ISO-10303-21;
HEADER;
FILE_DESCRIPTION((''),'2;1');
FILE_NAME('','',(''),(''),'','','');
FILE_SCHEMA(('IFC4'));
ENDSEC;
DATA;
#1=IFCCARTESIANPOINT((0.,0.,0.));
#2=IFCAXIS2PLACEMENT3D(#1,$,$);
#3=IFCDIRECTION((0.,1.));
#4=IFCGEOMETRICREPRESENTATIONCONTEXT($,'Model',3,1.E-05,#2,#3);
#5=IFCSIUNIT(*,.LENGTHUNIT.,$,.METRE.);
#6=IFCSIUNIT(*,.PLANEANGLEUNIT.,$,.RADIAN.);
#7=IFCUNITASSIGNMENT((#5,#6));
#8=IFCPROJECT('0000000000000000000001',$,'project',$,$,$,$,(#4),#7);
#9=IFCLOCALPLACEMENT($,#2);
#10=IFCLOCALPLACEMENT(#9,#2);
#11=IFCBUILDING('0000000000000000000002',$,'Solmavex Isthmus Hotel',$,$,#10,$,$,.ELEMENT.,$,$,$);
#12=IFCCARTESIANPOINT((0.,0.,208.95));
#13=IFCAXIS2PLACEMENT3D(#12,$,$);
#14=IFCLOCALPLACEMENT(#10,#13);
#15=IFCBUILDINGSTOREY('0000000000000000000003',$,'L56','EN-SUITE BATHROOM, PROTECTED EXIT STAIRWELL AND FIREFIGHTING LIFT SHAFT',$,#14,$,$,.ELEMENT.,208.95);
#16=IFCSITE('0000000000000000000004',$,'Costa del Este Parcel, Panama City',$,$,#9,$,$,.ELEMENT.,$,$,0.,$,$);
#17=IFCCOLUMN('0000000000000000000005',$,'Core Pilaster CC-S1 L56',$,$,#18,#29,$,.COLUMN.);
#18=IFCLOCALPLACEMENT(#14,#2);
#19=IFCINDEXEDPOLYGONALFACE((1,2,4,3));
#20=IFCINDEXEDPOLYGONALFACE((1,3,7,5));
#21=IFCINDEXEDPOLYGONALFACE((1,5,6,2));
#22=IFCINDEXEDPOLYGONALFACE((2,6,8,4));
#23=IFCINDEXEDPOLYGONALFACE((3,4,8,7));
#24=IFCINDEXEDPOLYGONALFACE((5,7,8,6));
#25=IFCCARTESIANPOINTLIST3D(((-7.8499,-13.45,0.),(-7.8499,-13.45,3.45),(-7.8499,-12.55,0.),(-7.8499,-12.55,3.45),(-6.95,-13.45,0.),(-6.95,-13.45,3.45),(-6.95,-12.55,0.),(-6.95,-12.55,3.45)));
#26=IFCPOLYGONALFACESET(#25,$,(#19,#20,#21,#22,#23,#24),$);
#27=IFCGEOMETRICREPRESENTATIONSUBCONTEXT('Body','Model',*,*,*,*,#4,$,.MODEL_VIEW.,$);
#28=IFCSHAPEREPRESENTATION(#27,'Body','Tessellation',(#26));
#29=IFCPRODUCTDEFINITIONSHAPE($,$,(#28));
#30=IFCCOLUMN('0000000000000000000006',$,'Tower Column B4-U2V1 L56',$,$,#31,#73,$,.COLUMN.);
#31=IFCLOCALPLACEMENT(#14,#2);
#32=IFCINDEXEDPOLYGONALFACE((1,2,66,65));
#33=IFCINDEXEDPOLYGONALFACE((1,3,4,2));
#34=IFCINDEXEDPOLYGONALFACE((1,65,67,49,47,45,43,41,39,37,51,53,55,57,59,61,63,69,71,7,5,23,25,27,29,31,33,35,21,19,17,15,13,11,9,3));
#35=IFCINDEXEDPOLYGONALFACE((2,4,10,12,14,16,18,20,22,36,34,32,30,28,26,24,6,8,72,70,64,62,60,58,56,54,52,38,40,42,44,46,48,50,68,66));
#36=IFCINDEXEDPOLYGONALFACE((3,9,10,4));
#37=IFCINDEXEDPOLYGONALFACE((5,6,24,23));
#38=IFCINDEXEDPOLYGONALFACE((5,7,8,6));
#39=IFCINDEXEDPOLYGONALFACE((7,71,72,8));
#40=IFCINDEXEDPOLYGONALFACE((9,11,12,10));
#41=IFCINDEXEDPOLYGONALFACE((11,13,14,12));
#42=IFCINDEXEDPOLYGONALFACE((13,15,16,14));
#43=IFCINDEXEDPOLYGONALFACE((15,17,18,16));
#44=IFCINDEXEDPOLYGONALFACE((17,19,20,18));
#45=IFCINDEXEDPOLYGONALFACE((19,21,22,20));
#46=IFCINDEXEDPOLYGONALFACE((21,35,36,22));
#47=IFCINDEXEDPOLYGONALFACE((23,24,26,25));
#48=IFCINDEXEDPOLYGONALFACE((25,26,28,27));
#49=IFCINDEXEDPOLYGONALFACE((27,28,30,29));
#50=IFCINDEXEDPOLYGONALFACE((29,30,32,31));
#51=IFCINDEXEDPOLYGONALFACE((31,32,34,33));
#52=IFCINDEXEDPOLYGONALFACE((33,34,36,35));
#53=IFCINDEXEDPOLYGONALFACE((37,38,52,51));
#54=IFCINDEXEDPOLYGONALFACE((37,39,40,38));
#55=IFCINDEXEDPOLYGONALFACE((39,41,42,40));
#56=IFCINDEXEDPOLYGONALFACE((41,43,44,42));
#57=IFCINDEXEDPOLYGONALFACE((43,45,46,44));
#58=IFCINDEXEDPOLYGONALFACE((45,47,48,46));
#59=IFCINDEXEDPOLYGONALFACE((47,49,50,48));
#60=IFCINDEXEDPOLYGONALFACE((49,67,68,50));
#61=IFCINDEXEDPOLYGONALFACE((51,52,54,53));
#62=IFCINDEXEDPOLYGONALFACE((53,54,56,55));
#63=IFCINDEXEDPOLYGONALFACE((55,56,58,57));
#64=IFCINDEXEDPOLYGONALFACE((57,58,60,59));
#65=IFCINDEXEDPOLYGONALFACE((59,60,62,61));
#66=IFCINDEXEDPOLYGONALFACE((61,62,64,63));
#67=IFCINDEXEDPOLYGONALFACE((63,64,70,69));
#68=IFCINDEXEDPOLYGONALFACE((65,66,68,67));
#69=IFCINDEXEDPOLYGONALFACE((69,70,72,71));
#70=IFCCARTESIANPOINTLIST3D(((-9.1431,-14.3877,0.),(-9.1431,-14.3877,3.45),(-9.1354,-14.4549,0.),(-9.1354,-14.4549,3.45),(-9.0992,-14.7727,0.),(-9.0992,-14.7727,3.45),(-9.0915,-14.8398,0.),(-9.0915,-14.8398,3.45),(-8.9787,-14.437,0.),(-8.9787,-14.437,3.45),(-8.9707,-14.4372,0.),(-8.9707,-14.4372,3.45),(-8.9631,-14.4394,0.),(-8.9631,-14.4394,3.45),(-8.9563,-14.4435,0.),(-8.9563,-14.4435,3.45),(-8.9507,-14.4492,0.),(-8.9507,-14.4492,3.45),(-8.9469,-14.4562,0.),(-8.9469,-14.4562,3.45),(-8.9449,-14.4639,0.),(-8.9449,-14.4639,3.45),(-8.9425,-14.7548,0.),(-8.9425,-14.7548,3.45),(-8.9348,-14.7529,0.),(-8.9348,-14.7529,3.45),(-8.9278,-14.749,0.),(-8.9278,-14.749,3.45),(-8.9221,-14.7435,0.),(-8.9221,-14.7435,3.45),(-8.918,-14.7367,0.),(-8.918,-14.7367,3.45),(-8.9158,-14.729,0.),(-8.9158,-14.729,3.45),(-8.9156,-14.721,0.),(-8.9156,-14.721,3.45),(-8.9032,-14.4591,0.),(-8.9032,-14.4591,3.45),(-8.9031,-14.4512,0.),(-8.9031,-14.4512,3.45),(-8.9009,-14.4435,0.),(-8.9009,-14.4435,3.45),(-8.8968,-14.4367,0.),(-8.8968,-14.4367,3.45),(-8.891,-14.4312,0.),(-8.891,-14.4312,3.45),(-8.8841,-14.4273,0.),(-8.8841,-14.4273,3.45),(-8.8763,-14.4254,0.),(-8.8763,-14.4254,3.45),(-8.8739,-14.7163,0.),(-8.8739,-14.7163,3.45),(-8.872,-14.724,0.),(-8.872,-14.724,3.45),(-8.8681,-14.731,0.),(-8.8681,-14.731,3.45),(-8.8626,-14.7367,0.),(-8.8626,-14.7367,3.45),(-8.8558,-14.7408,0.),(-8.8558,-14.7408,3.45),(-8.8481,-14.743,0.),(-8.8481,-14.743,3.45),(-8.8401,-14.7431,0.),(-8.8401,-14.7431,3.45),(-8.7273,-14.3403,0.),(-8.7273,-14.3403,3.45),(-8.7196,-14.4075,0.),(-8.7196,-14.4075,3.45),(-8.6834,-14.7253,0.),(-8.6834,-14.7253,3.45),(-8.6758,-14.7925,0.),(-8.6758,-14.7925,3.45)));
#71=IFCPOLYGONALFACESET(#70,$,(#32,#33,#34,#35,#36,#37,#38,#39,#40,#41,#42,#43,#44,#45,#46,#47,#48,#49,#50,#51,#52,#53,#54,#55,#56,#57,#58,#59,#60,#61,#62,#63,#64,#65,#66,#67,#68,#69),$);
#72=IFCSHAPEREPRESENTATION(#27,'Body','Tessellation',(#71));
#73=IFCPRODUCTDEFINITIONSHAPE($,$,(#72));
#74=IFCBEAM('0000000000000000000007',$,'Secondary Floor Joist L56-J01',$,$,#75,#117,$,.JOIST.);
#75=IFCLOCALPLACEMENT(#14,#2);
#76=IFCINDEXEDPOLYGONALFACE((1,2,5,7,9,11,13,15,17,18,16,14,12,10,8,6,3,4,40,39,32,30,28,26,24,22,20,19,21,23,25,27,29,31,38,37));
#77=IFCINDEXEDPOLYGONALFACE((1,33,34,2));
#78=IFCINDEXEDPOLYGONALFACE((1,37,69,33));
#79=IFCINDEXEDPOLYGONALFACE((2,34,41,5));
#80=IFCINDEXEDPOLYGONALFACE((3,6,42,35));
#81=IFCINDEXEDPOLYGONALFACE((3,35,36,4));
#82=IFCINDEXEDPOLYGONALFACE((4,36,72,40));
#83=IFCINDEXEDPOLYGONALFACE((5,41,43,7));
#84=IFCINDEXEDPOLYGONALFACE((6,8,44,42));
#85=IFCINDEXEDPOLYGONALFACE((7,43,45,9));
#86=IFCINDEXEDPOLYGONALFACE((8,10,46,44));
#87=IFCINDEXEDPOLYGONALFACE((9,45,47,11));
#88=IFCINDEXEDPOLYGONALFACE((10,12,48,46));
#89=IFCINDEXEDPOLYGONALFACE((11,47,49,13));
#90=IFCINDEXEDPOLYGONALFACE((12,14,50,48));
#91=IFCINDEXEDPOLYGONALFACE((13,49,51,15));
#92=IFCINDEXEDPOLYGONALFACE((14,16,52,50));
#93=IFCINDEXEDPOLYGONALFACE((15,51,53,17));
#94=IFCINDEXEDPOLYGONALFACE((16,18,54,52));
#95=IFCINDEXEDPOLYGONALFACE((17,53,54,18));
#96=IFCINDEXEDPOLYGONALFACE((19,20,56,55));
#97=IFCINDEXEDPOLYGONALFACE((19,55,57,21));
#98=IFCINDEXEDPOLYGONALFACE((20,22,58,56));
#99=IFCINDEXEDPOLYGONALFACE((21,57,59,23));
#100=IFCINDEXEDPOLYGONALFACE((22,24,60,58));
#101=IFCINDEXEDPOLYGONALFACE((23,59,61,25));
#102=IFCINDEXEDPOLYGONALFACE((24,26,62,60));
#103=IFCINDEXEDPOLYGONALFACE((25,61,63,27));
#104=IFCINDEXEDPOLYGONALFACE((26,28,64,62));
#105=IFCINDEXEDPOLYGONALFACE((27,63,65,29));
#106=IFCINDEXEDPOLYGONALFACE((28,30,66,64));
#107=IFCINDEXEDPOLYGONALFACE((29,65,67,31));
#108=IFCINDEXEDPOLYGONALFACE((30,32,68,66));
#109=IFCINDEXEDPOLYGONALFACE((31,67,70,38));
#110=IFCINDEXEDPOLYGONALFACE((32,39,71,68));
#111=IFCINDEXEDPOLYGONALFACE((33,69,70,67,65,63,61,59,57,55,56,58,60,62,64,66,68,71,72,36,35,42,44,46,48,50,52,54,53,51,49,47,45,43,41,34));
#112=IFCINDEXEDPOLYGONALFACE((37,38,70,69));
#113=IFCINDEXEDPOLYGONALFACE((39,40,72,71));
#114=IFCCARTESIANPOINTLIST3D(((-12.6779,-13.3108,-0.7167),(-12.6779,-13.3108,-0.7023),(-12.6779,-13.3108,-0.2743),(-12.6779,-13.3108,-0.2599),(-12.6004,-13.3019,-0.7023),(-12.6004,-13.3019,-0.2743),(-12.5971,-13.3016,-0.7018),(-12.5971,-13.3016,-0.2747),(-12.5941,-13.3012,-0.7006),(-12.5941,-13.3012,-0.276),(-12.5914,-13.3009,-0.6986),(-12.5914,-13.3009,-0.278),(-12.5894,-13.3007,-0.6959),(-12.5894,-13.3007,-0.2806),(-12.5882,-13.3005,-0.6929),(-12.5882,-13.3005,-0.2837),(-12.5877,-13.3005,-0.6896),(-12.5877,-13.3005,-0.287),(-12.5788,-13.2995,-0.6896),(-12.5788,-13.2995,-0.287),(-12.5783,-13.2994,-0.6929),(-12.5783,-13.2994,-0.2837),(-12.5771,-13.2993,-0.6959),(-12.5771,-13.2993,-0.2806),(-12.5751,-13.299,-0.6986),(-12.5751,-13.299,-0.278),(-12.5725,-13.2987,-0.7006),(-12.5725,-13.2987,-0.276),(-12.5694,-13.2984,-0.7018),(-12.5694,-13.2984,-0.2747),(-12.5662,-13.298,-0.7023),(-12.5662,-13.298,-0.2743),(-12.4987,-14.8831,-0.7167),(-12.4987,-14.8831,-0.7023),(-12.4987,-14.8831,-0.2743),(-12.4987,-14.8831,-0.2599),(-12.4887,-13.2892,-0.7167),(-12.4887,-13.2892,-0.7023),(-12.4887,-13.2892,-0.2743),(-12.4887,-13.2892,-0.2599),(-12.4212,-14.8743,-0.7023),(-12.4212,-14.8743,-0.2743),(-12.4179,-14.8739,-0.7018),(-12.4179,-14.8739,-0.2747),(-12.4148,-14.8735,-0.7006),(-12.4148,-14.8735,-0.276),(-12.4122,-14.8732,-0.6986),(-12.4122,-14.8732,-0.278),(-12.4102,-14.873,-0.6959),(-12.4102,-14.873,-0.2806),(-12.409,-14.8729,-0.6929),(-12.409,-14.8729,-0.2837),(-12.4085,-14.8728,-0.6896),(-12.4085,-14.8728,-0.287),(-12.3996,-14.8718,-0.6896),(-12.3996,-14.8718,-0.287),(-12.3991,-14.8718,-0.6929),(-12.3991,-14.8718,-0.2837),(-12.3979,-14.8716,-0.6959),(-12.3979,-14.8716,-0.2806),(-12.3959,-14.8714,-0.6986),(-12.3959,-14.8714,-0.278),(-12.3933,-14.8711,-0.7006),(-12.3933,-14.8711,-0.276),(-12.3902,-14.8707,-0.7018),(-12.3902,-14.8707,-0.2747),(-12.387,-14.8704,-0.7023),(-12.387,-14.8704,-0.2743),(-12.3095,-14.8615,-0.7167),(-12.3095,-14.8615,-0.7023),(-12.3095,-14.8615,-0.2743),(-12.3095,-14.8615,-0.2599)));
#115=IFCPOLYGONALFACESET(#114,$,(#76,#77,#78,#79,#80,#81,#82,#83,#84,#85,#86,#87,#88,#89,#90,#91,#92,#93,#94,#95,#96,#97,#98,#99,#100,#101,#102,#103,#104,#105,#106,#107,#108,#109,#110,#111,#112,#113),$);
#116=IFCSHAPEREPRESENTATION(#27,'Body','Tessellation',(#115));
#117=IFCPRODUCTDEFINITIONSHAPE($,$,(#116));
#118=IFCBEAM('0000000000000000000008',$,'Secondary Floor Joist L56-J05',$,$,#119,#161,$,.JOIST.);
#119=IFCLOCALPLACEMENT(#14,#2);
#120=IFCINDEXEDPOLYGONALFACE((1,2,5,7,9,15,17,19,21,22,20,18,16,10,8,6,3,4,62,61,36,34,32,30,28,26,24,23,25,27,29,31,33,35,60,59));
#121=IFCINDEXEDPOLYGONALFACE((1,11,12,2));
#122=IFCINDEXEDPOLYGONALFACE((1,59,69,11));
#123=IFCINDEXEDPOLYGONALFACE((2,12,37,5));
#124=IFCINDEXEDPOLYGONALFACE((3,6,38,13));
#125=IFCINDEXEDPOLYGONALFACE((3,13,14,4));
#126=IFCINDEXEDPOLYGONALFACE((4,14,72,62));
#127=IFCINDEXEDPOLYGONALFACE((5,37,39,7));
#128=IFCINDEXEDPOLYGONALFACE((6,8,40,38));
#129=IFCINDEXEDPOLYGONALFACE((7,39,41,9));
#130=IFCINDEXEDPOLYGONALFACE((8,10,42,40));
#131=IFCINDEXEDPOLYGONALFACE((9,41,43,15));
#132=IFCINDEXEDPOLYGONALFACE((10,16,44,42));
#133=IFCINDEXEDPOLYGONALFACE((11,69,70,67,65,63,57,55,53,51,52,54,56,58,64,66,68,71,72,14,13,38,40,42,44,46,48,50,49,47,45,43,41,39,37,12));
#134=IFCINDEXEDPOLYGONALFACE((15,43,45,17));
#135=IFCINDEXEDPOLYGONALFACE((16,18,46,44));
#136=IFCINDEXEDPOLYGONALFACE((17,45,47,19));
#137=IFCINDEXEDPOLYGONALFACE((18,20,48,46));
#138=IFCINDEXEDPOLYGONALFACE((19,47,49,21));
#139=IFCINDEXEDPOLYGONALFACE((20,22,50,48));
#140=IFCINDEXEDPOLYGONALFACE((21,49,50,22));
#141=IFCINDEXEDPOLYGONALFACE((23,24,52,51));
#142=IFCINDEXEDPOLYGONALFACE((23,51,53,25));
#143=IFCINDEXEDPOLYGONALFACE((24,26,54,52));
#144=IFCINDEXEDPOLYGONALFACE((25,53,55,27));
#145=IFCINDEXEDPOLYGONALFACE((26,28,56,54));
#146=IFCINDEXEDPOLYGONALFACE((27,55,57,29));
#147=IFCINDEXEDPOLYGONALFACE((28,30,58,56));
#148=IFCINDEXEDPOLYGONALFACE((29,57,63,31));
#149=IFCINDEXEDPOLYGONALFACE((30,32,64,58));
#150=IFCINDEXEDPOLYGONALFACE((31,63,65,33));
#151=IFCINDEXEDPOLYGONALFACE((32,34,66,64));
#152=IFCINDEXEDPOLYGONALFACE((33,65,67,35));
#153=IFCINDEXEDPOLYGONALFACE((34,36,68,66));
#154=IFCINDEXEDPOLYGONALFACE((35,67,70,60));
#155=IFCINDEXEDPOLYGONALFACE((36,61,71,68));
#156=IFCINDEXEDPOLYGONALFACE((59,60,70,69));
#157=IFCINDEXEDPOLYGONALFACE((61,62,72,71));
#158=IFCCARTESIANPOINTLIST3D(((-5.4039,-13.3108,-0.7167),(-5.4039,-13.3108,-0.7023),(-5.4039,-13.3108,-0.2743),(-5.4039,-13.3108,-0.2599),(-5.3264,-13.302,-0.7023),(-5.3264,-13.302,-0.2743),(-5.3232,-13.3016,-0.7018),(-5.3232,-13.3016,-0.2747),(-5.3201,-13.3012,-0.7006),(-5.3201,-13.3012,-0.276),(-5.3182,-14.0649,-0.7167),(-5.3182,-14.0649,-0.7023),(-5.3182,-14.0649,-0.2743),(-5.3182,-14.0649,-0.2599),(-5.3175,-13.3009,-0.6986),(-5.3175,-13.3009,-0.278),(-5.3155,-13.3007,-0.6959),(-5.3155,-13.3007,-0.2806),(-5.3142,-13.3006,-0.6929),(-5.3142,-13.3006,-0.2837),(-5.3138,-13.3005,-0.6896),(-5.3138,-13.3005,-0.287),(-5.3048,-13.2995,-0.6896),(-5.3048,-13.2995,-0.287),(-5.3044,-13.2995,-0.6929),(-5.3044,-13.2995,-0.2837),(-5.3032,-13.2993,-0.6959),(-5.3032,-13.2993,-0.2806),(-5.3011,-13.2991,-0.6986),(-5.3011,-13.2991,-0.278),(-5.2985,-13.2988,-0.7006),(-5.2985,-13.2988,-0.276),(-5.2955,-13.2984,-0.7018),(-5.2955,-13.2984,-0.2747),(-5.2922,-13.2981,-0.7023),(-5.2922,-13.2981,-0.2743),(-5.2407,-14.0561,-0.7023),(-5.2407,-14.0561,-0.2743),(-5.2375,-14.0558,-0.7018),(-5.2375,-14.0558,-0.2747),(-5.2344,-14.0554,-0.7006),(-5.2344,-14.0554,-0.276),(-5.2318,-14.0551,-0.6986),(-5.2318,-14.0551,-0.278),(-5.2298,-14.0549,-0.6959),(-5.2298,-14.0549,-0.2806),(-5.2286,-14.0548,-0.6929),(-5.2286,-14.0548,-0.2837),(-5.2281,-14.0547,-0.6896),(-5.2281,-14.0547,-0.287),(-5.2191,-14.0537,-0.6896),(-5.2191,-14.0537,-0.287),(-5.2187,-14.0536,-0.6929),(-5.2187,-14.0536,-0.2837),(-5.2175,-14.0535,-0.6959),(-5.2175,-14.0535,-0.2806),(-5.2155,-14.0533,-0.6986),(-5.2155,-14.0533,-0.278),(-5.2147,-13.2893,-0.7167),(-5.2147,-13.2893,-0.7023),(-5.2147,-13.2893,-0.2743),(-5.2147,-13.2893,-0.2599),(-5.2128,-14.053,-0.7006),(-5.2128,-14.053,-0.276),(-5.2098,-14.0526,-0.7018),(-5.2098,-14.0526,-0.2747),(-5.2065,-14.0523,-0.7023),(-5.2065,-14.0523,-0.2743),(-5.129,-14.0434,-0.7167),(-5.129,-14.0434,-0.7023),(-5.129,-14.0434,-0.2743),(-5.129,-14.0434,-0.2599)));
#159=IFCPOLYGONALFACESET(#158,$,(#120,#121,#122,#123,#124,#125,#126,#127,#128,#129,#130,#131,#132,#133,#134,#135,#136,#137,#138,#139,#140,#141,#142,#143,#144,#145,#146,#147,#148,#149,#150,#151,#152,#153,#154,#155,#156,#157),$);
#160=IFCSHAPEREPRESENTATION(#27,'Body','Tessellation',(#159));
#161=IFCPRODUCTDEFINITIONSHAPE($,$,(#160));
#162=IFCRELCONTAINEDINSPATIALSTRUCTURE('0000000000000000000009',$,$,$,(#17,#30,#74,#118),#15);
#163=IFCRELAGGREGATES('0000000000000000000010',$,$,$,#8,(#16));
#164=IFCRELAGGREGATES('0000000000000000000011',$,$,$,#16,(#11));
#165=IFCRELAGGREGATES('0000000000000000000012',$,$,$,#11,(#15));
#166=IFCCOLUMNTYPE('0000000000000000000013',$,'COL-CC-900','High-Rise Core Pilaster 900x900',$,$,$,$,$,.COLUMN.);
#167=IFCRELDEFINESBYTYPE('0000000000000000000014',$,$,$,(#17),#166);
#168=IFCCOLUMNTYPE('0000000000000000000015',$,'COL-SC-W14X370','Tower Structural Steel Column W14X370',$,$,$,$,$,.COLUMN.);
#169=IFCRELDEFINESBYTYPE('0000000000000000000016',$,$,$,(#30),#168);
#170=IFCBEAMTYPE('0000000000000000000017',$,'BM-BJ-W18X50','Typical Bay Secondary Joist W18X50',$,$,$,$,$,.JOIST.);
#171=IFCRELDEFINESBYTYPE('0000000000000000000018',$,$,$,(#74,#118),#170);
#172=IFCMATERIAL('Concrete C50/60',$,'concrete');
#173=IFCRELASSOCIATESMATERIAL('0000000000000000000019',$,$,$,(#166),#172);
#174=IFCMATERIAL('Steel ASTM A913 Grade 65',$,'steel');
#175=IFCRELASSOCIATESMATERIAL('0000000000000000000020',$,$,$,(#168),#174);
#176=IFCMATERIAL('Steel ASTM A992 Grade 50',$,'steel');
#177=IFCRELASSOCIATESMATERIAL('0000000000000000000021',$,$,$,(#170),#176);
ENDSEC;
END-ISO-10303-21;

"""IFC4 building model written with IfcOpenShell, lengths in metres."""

from ifc_helpers import new_model, si_unit, direction, frame, origin, origin_2d, place, context, subcontext, project, spatial, rectangle, i_section, extrude, material, material_profile, profile_set, type_object, element, save


model = new_model("IFC4")

# Units and contexts
model_context = context("Model", 3, precision=1e-05, world=origin(), true_north=direction((0.0, 1.0)))
body_context = subcontext(model_context, "Body", "Model", "MODEL_VIEW")
ifc_project = project(units=[si_unit("LENGTHUNIT", "METRE"), si_unit("PLANEANGLEUNIT", "RADIAN")], contexts=[model_context])

# Site, building, storey
site_placement = place(None, origin())
site = spatial("IfcSite", under=ifc_project, at=site_placement, Name="Costa del Este Parcel, Panama City", CompositionType="ELEMENT", RefElevation=0.0)
building_placement = place(site_placement, origin())
building = spatial("IfcBuilding", under=site, at=building_placement, Name="Solmavex Isthmus Hotel", CompositionType="ELEMENT")
storey_placement = place(building_placement, frame((0.0, 0.0, 208.95)))
storey = spatial("IfcBuildingStorey", under=building, at=storey_placement, Name="L56", Description="EN-SUITE BATHROOM, PROTECTED EXIT STAIRWELL AND FIREFIGHTING LIFT SHAFT", CompositionType="ELEMENT", Elevation=208.95)

# Columns
ifc_material_1 = material(Name="Concrete C50/60", Category="concrete")
ifc_material_profile_1 = material_profile(ifc_material_1, rectangle(XDim=0.8999, YDim=0.8999, at=origin_2d()), Name="RC900X900")
ifc_profile_set_1 = profile_set([ifc_material_profile_1], Name="Concrete C50/60")
column_type_1 = type_object("IfcColumnType", Name="COL-CC-900", Description="High-Rise Core Pilaster 900x900", PredefinedType="COLUMN", material=ifc_profile_set_1)
column_1_placement = place(storey_placement, frame((-7.3999, -13.0, 0.0), z_axis=(0.0, 0.0, 1.0), x_axis=(1.0, 0.0, 0.0)))
element("IfcColumn", 1, at=column_1_placement, inside=storey, type_object=column_type_1, Name="Core Pilaster CC-S1 L56", PredefinedType="COLUMN", context=body_context, shape_type="SweptSolid", body=[
    extrude(rectangle(XDim=0.8999, YDim=0.8999, at=origin_2d()), origin(), (0.0, 0.0, 1.0), 3.45),
])
ifc_material_2 = material(Name="Steel ASTM A913 Grade 65", Category="steel")
ifc_material_profile_2 = material_profile(ifc_material_2, i_section(OverallWidth=0.4185, OverallDepth=0.4551, WebThickness=0.042, FlangeThickness=0.0676, FilletRadius=0.0305, at=origin_2d()), Name="W14X370")
ifc_profile_set_2 = profile_set([ifc_material_profile_2], Name="Steel ASTM A913 Grade 65")
column_type_2 = type_object("IfcColumnType", Name="COL-SC-W14X370", Description="Tower Structural Steel Column W14X370", PredefinedType="COLUMN", material=ifc_profile_set_2)
column_2_placement = place(storey_placement, frame((-8.9094, -14.5901, 0.0), z_axis=(0.0, 0.0, 1.0), x_axis=(0.993572, 0.113203, 0.0)))
element("IfcColumn", 2, at=column_2_placement, inside=storey, type_object=column_type_2, Name="Tower Column B4-U2V1 L56", PredefinedType="COLUMN", context=body_context, shape_type="SweptSolid", body=[
    extrude(i_section(OverallWidth=0.4185, OverallDepth=0.4551, WebThickness=0.042, FlangeThickness=0.0676, FilletRadius=0.0305, at=origin_2d()), origin(), (0.0, 0.0, 1.0), 3.45),
])

# Beams
ifc_material_3 = material(Name="Steel ASTM A992 Grade 50", Category="steel")
ifc_material_profile_3 = material_profile(ifc_material_3, i_section(OverallWidth=0.1904, OverallDepth=0.4568, WebThickness=0.009, FlangeThickness=0.0144, FilletRadius=0.0127, at=origin_2d()), Name="W18X50")
ifc_profile_set_3 = profile_set([ifc_material_profile_3], Name="Steel ASTM A992 Grade 50")
beam_type_1 = type_object("IfcBeamType", Name="BM-BJ-W18X50", Description="Typical Bay Secondary Joist W18X50", PredefinedType="JOIST", material=ifc_profile_set_3)
beam_1_placement = place(storey_placement, frame((-12.4041, -14.8723, -0.4883), z_axis=(-0.113242, 0.993567, 0.0), x_axis=(-0.993567, -0.113242, 0.0)))
element("IfcBeam", 3, at=beam_1_placement, inside=storey, type_object=beam_type_1, Name="Secondary Floor Joist L56-J01", PredefinedType="JOIST", context=body_context, shape_type="SweptSolid", body=[
    extrude(i_section(OverallWidth=0.1904, OverallDepth=0.4568, WebThickness=0.009, FlangeThickness=0.0144, FilletRadius=0.0127, at=origin_2d()), origin(), (0.0, 0.0, 1.0), 1.5825),
])
beam_2_placement = place(storey_placement, frame((-5.2236, -14.0542, -0.4883), z_axis=(-0.112902, 0.993606, 0.0), x_axis=(-0.993606, -0.112902, 0.0)))
element("IfcBeam", 4, at=beam_2_placement, inside=storey, type_object=beam_type_1, Name="Secondary Floor Joist L56-J05", PredefinedType="JOIST", context=body_context, shape_type="SweptSolid", body=[
    extrude(i_section(OverallWidth=0.1904, OverallDepth=0.4568, WebThickness=0.009, FlangeThickness=0.0144, FilletRadius=0.0127, at=origin_2d()), origin(), (0.0, 0.0, 1.0), 0.759),
])

save(model, "model.ifc")
